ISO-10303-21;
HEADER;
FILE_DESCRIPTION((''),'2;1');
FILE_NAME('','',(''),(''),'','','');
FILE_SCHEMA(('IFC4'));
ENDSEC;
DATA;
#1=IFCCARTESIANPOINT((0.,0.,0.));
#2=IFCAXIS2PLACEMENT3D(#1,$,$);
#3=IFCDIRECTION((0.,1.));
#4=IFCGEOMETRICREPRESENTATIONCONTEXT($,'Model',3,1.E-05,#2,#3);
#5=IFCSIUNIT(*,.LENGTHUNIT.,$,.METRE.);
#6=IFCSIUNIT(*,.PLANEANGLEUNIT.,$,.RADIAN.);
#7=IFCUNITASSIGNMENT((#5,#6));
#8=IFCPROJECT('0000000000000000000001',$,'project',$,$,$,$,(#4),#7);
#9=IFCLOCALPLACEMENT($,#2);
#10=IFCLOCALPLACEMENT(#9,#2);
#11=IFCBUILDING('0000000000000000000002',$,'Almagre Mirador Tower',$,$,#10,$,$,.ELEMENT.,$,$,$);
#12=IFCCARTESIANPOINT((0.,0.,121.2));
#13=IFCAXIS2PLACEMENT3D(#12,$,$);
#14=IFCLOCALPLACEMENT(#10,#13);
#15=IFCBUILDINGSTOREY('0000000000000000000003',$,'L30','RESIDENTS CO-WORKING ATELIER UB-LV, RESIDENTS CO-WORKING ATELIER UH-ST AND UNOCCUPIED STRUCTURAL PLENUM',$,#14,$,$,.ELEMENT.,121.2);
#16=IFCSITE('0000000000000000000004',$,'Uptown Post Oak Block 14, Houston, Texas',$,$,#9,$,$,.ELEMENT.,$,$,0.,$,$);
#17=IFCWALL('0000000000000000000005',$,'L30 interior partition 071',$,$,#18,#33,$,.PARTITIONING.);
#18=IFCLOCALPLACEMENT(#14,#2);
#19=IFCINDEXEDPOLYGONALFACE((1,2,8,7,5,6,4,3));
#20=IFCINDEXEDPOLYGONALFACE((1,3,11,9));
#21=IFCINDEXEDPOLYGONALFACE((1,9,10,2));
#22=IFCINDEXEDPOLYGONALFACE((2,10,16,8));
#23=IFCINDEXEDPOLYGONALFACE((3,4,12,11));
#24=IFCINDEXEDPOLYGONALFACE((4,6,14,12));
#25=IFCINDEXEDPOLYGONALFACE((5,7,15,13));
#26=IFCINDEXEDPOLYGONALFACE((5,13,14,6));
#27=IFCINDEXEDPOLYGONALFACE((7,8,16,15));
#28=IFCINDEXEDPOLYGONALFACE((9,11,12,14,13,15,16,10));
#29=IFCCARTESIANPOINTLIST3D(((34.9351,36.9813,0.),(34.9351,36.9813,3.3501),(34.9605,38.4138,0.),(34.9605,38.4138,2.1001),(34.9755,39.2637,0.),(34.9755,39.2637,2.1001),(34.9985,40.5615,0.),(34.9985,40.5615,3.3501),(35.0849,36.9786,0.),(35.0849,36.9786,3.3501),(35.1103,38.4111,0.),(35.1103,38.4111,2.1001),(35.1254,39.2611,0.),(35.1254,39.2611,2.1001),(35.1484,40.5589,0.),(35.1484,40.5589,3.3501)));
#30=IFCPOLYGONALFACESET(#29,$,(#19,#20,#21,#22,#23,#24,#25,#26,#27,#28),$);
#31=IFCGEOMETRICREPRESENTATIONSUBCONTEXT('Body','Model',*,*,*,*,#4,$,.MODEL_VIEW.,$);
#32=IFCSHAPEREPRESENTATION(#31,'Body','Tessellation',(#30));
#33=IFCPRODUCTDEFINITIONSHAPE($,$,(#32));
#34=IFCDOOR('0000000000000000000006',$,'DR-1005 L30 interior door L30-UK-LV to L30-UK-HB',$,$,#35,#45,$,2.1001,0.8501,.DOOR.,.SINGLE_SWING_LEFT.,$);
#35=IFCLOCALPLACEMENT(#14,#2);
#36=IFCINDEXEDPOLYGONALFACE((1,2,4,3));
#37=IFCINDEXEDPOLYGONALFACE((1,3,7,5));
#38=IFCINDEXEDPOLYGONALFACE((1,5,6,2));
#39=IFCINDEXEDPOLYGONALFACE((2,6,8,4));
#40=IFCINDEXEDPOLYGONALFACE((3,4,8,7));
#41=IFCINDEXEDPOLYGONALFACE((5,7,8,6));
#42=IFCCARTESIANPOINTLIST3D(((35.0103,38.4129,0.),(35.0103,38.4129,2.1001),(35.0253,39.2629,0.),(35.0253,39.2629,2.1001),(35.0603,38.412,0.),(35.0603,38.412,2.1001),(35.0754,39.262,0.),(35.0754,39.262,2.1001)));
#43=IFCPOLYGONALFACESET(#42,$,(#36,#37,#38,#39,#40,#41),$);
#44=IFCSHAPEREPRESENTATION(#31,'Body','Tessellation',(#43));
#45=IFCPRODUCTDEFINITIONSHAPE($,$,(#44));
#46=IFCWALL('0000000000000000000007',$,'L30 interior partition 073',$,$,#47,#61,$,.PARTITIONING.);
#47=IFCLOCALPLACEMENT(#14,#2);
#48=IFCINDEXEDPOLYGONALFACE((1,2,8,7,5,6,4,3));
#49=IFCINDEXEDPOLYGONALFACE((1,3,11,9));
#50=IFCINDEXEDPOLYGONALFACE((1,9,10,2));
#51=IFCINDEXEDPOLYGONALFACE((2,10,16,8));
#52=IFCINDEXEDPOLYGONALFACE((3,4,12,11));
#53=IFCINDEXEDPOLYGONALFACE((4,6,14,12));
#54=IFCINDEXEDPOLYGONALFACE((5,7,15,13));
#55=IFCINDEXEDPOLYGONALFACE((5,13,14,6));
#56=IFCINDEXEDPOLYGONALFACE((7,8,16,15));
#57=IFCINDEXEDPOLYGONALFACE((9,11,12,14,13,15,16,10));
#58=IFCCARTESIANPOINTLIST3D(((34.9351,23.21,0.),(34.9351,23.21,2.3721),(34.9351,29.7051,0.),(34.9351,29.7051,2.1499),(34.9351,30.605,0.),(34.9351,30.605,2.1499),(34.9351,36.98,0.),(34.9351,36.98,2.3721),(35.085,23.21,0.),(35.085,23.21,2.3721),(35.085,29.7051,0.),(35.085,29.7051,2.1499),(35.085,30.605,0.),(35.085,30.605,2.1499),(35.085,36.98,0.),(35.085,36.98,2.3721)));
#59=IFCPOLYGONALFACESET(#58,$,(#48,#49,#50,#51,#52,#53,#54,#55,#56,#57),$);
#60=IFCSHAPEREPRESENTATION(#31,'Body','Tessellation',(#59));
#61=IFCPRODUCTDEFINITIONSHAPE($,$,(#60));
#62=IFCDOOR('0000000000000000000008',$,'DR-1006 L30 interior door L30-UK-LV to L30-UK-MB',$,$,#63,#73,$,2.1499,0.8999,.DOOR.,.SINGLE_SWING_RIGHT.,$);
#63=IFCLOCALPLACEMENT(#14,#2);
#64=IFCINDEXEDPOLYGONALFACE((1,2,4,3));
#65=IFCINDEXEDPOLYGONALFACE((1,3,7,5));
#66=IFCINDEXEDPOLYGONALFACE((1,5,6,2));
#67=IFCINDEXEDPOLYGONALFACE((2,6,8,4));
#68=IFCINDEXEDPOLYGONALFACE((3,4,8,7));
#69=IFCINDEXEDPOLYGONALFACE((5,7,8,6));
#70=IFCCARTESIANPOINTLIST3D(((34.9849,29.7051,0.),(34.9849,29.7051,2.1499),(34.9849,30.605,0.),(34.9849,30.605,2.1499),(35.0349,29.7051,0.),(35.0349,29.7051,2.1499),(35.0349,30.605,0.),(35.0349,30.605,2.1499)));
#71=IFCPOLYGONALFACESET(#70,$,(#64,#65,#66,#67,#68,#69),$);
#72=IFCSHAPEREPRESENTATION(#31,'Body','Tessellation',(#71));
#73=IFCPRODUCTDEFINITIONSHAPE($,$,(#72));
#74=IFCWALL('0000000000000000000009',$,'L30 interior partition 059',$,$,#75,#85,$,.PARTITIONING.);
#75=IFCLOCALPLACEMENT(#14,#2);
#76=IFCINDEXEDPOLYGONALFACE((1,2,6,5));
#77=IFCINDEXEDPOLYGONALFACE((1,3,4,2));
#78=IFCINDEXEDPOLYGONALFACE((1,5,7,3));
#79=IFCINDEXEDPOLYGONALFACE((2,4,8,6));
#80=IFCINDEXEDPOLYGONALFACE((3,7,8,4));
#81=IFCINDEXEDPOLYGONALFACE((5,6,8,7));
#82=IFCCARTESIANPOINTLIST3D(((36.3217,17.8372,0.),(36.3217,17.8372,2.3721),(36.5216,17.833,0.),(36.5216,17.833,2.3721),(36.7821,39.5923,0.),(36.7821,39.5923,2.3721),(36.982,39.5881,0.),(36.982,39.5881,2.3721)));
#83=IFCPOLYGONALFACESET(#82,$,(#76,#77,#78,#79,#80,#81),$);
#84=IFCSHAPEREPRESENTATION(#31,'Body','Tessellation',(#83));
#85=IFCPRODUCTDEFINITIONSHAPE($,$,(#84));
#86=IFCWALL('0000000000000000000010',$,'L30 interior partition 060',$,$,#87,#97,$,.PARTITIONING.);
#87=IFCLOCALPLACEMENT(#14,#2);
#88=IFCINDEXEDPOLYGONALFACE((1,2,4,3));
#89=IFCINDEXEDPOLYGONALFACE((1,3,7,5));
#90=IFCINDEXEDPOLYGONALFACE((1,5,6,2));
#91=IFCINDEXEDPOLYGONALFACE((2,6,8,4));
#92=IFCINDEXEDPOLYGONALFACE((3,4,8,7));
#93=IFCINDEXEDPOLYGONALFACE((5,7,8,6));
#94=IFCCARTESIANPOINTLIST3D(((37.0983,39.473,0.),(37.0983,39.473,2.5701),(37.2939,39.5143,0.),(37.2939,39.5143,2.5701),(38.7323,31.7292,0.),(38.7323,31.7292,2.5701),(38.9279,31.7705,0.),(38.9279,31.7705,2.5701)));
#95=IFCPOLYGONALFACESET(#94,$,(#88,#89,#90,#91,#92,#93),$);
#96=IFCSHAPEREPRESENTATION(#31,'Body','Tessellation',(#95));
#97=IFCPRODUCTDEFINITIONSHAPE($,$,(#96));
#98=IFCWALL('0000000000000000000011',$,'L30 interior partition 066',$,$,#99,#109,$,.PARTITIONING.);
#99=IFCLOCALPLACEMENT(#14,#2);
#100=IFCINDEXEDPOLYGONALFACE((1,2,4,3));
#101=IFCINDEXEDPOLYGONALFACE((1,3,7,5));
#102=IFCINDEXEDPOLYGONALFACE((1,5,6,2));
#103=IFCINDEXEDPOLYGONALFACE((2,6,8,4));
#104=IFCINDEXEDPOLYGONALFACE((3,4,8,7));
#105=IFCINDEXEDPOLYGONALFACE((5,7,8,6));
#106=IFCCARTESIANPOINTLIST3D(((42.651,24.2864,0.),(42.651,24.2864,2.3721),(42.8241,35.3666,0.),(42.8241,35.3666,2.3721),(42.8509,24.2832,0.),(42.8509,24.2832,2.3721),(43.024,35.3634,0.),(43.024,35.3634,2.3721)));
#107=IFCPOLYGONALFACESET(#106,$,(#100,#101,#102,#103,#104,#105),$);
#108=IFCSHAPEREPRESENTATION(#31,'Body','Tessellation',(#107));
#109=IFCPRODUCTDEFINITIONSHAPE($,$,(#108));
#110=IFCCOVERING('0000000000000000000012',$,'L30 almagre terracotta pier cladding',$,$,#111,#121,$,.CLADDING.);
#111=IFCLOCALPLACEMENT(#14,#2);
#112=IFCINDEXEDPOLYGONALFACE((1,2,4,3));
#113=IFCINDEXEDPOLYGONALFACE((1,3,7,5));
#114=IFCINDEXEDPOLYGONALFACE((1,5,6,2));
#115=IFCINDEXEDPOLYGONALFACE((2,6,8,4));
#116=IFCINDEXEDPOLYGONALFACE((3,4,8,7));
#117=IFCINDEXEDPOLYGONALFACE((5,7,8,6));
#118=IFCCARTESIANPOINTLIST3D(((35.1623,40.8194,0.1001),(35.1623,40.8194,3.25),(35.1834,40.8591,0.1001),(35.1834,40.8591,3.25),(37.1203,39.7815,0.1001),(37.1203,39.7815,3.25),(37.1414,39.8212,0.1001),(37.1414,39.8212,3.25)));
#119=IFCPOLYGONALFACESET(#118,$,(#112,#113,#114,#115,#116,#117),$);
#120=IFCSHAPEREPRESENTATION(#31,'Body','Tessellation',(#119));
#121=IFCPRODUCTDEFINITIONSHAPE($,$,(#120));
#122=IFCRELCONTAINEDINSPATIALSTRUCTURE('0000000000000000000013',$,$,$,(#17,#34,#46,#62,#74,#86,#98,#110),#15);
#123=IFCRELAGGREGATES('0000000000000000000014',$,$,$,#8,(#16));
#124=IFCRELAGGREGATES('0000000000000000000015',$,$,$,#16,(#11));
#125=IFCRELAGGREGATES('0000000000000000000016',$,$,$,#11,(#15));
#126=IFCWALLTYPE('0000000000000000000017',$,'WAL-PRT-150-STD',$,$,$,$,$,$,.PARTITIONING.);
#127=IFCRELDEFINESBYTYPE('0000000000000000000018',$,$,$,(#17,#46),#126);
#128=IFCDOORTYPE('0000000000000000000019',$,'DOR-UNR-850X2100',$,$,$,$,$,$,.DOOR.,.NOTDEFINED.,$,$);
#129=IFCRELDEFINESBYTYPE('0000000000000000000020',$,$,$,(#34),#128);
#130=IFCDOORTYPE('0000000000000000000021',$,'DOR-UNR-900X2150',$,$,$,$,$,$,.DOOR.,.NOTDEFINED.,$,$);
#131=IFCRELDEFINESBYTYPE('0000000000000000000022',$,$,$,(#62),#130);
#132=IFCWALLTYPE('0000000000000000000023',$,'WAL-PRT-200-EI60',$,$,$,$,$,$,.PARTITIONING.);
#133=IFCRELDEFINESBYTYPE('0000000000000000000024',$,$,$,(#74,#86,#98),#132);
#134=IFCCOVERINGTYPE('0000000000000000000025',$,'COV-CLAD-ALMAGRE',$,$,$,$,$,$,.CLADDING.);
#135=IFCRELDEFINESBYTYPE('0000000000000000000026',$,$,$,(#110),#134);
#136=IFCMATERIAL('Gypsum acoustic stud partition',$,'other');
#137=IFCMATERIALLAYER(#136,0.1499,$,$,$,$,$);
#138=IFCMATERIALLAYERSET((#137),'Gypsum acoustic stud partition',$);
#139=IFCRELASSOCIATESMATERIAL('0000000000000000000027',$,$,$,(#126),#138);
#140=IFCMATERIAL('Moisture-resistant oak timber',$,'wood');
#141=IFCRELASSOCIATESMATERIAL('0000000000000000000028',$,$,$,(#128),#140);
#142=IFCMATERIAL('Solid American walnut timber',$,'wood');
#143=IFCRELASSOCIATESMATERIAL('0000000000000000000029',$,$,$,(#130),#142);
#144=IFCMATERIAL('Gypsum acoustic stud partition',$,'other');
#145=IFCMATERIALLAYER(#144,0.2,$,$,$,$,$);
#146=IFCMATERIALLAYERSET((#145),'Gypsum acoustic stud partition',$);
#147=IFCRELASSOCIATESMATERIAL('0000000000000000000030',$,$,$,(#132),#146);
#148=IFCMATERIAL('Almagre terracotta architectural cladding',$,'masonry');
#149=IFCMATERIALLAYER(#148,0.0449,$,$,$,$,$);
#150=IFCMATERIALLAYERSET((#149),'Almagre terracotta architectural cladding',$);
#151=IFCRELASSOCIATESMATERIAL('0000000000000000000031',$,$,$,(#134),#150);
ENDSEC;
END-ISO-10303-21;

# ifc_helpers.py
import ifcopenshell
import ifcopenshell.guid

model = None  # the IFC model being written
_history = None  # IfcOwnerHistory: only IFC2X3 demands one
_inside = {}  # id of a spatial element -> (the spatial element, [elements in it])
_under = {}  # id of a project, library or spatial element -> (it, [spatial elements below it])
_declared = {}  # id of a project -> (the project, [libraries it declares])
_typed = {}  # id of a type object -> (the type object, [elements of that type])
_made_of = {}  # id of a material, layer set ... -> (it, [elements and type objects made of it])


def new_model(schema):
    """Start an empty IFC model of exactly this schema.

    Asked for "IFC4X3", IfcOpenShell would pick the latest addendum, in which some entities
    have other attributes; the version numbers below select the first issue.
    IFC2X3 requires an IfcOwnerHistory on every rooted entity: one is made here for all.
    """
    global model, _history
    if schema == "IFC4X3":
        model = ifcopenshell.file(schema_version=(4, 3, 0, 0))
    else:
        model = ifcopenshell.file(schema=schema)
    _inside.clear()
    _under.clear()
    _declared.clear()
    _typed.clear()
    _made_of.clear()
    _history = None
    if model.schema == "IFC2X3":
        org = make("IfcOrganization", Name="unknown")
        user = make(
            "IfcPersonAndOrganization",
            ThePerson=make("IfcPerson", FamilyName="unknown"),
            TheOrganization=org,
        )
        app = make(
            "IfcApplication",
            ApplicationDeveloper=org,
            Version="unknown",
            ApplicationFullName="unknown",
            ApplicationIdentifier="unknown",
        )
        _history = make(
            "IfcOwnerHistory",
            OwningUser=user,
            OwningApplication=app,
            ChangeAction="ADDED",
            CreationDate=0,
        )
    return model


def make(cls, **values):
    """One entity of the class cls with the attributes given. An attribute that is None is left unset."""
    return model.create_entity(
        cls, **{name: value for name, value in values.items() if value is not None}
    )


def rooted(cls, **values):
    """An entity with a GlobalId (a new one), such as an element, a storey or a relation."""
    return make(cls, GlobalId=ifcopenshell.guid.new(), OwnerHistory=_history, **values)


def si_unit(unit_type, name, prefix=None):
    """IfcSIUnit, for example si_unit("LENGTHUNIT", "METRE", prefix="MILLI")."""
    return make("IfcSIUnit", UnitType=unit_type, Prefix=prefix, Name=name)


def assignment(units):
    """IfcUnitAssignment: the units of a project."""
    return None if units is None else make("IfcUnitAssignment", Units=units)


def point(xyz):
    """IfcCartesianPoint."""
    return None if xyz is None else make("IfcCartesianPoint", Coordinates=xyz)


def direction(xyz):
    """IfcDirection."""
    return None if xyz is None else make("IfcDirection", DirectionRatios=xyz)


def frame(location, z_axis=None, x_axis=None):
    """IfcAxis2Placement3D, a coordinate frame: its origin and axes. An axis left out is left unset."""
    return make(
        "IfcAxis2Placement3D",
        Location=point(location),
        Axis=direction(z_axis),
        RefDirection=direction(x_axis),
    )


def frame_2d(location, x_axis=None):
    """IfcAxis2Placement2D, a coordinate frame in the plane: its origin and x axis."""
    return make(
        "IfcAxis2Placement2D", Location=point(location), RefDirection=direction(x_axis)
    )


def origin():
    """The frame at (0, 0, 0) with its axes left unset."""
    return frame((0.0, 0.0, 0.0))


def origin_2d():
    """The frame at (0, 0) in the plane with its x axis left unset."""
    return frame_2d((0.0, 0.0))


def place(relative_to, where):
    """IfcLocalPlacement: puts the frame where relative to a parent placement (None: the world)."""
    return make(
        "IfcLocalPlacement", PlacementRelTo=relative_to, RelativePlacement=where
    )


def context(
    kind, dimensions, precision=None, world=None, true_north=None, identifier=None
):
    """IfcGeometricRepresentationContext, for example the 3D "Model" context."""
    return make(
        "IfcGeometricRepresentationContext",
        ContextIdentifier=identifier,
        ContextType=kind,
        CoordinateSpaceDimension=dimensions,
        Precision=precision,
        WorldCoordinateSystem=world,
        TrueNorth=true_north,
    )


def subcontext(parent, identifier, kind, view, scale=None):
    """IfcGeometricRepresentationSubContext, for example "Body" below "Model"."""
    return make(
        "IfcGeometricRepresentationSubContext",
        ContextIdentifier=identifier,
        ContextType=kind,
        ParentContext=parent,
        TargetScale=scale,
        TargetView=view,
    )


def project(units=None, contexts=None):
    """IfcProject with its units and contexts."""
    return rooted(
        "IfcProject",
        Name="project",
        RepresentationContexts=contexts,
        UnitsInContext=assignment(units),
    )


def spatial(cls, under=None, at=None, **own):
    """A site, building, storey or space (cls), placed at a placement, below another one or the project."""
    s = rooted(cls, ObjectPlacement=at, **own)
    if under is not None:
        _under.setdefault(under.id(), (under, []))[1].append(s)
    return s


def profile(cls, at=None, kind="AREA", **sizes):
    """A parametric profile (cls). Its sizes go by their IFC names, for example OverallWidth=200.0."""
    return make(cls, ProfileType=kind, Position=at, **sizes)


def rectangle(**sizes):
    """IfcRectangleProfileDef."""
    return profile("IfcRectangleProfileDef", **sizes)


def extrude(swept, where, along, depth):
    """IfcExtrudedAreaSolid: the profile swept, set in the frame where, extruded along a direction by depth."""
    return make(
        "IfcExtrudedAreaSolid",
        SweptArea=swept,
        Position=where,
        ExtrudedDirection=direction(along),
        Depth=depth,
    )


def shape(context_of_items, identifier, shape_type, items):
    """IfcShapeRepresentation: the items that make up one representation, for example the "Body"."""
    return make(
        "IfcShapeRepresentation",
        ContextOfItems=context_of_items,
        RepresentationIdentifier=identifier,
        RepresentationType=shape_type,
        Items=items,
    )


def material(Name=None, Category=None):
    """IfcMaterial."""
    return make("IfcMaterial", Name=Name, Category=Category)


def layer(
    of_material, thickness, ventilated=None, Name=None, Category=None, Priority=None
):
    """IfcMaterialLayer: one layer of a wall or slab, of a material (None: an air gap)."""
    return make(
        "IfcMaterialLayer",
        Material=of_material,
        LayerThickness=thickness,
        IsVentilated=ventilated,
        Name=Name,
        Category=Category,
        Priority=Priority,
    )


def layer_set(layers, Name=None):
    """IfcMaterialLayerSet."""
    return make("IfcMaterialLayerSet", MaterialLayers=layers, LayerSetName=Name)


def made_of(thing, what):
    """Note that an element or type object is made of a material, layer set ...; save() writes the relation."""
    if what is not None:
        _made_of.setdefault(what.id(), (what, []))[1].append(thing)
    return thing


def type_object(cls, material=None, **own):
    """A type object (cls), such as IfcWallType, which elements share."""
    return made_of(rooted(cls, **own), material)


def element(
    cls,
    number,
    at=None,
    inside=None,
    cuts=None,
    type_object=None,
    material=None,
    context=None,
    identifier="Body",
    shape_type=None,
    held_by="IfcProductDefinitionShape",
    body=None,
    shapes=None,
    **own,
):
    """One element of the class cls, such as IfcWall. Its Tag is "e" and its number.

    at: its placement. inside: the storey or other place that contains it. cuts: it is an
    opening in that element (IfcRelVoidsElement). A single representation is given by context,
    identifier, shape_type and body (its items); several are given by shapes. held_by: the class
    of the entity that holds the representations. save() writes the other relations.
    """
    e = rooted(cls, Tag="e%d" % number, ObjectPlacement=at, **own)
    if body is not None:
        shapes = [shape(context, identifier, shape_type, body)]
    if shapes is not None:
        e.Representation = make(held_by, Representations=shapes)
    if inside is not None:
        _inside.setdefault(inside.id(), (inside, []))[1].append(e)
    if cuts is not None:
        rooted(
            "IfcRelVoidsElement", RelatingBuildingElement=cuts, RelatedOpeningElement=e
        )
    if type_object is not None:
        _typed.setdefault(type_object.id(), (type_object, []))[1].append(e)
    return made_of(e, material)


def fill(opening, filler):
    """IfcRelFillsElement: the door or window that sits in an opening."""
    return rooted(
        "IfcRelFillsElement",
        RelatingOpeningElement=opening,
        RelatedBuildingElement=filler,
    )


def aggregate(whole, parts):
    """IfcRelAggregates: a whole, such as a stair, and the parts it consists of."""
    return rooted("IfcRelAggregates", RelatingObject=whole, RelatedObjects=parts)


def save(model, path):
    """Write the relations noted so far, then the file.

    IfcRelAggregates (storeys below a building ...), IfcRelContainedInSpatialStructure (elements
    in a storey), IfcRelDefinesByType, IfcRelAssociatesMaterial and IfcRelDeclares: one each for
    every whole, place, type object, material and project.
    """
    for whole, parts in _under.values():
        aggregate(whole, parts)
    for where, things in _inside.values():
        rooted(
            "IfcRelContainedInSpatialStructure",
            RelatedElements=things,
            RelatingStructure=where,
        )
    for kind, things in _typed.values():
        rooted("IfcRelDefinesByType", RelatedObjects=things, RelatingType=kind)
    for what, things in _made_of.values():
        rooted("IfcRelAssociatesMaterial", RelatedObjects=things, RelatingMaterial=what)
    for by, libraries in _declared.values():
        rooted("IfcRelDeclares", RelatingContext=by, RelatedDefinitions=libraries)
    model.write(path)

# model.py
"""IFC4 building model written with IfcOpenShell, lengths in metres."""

from ifc_helpers import new_model, si_unit, direction, frame, frame_2d, origin, origin_2d, place, context, subcontext, project, spatial, rectangle, extrude, material, layer, layer_set, type_object, element, fill, save


model = new_model("IFC4")

# Units and contexts
model_context = context("Model", 3, precision=1e-05, world=origin(), true_north=direction((0.0, 1.0)))
body_context = subcontext(model_context, "Body", "Model", "MODEL_VIEW")
ifc_project = project(units=[si_unit("LENGTHUNIT", "METRE"), si_unit("PLANEANGLEUNIT", "RADIAN")], contexts=[model_context])

# Site, building, storey
site_placement = place(None, origin())
site = spatial("IfcSite", under=ifc_project, at=site_placement, Name="Uptown Post Oak Block 14, Houston, Texas", CompositionType="ELEMENT", RefElevation=0.0)
building_placement = place(site_placement, origin())
building = spatial("IfcBuilding", under=site, at=building_placement, Name="Almagre Mirador Tower", CompositionType="ELEMENT")
storey_placement = place(building_placement, frame((0.0, 0.0, 121.2)))
storey = spatial("IfcBuildingStorey", under=building, at=storey_placement, Name="L30", Description="RESIDENTS CO-WORKING ATELIER UB-LV, RESIDENTS CO-WORKING ATELIER UH-ST AND UNOCCUPIED STRUCTURAL PLENUM", CompositionType="ELEMENT", Elevation=121.2)

# Walls, openings, doors
ifc_material_1 = material(Name="Gypsum acoustic stud partition", Category="other")
ifc_layer_1 = layer(ifc_material_1, 0.1499)
ifc_layer_set_1 = layer_set([ifc_layer_1], Name="Gypsum acoustic stud partition")
wall_type_1 = type_object("IfcWallType", Name="WAL-PRT-150-STD", PredefinedType="PARTITIONING", material=ifc_layer_set_1)
wall_1_placement = place(storey_placement, frame((35.0735, 40.5603, 0.0), z_axis=(0.0, 0.0, 1.0), x_axis=(-0.017727, -0.999843, 0.0)))
wall_1 = element("IfcWall", 1, at=wall_1_placement, inside=storey, type_object=wall_type_1, Name="L30 interior partition 071", PredefinedType="PARTITIONING", context=body_context, shape_type="SweptSolid", body=[
    extrude(rectangle(XDim=3.5808, YDim=0.1499, at=frame_2d((1.7905, 0.0))), origin(), (0.0, 0.0, 1.0), 3.3501),
])
opening_1_placement = place(wall_1_placement, frame((1.2981, 0.0, 0.0)))
opening_1 = element("IfcOpeningElement", 2, at=opening_1_placement, cuts=wall_1, PredefinedType="OPENING", context=body_context, shape_type="SweptSolid", body=[
    extrude(rectangle(XDim=0.8501, YDim=2.1001, at=frame_2d((0.425, 1.05))), frame((0.0, 0.085, 0.0), z_axis=(0.0, -1.0, 0.0), x_axis=(1.0, 0.0, 0.0)), (0.0, 0.0, 1.0), 0.1699),
])
ifc_material_2 = material(Name="Moisture-resistant oak timber", Category="wood")
door_type_1 = type_object("IfcDoorType", Name="DOR-UNR-850X2100", OperationType="NOTDEFINED", PredefinedType="DOOR", material=ifc_material_2)
door_1_placement = place(opening_1_placement, origin())
door_1 = element("IfcDoor", 3, at=door_1_placement, inside=storey, type_object=door_type_1, Name="DR-1005 L30 interior door L30-UK-LV to L30-UK-HB", OperationType="SINGLE_SWING_LEFT", OverallHeight=2.1001, OverallWidth=0.8501, PredefinedType="DOOR", context=body_context, shape_type="SweptSolid", body=[
    extrude(rectangle(XDim=0.8501, YDim=2.1001, at=frame_2d((0.425, 1.05))), frame((0.0, 0.0249, 0.0), z_axis=(0.0, -1.0, 0.0), x_axis=(1.0, 0.0, 0.0)), (0.0, 0.0, 1.0), 0.05),
])
fill(opening_1, door_1)
wall_2_placement = place(storey_placement, frame((35.01, 36.98, 0.0), z_axis=(0.0, 0.0, 1.0), x_axis=(0.0, -1.0, 0.0)))
wall_2 = element("IfcWall", 4, at=wall_2_placement, inside=storey, type_object=wall_type_1, Name="L30 interior partition 073", PredefinedType="PARTITIONING", context=body_context, shape_type="SweptSolid", body=[
    extrude(rectangle(XDim=13.77, YDim=0.1499, at=frame_2d((6.885, 0.0))), origin(), (0.0, 0.0, 1.0), 2.3721),
])
opening_2_placement = place(wall_2_placement, frame((6.375, 0.0, 0.0)))
opening_2 = element("IfcOpeningElement", 5, at=opening_2_placement, cuts=wall_2, PredefinedType="OPENING", context=body_context, shape_type="SweptSolid", body=[
    extrude(rectangle(XDim=0.8999, YDim=2.1499, at=frame_2d((0.45, 1.075))), frame((0.0, 0.085, 0.0), z_axis=(0.0, -1.0, 0.0), x_axis=(1.0, 0.0, 0.0)), (0.0, 0.0, 1.0), 0.1699),
])
ifc_material_3 = material(Name="Solid American walnut timber", Category="wood")
door_type_2 = type_object("IfcDoorType", Name="DOR-UNR-900X2150", OperationType="NOTDEFINED", PredefinedType="DOOR", material=ifc_material_3)
door_2_placement = place(opening_2_placement, origin())
door_2 = element("IfcDoor", 6, at=door_2_placement, inside=storey, type_object=door_type_2, Name="DR-1006 L30 interior door L30-UK-LV to L30-UK-MB", OperationType="SINGLE_SWING_RIGHT", OverallHeight=2.1499, OverallWidth=0.8999, PredefinedType="DOOR", context=body_context, shape_type="SweptSolid", body=[
    extrude(rectangle(XDim=0.8999, YDim=2.1499, at=frame_2d((0.45, 1.075))), frame((0.0, 0.0249, 0.0), z_axis=(0.0, -1.0, 0.0), x_axis=(1.0, 0.0, 0.0)), (0.0, 0.0, 1.0), 0.05),
])
fill(opening_2, door_2)

# Walls
ifc_material_4 = material(Name="Gypsum acoustic stud partition", Category="other")
ifc_layer_2 = layer(ifc_material_4, 0.2)
ifc_layer_set_2 = layer_set([ifc_layer_2], Name="Gypsum acoustic stud partition")
wall_type_2 = type_object("IfcWallType", Name="WAL-PRT-200-EI60", PredefinedType="PARTITIONING", material=ifc_layer_set_2)
wall_3_placement = place(storey_placement, frame((36.8821, 39.5901, 0.0), z_axis=(0.0, 0.0, 1.0), x_axis=(-0.02116, -0.999776, 0.0)))
element("IfcWall", 7, at=wall_3_placement, inside=storey, type_object=wall_type_2, Name="L30 interior partition 059", PredefinedType="PARTITIONING", context=body_context, shape_type="SweptSolid", body=[
    extrude(rectangle(XDim=21.76, YDim=0.2, at=frame_2d((10.8799, 0.0))), origin(), (0.0, 0.0, 1.0), 2.3721),
])
wall_4_placement = place(storey_placement, frame((38.8301, 31.75, 0.0), z_axis=(0.0, 0.0, 1.0), x_axis=(-0.206463, 0.978454, 0.0)))
element("IfcWall", 8, at=wall_4_placement, inside=storey, type_object=wall_type_2, Name="L30 interior partition 060", PredefinedType="PARTITIONING", context=body_context, shape_type="SweptSolid", body=[
    extrude(rectangle(XDim=7.9143, YDim=0.2, at=frame_2d((3.957, 0.0))), origin(), (0.0, 0.0, 1.0), 2.5701),
])
wall_5_placement = place(storey_placement, frame((42.9241, 35.365, 0.0), z_axis=(0.0, 0.0, 1.0), x_axis=(-0.01562, -0.999878, 0.0)))
element("IfcWall", 9, at=wall_5_placement, inside=storey, type_object=wall_type_2, Name="L30 interior partition 066", PredefinedType="PARTITIONING", context=body_context, shape_type="SweptSolid", body=[
    extrude(rectangle(XDim=11.0815, YDim=0.2, at=frame_2d((5.5408, 0.0))), origin(), (0.0, 0.0, 1.0), 2.3721),
])

# Covering
ifc_material_5 = material(Name="Almagre terracotta architectural cladding", Category="masonry")
ifc_layer_3 = layer(ifc_material_5, 0.0449)
ifc_layer_set_3 = layer_set([ifc_layer_3], Name="Almagre terracotta architectural cladding")
covering_type = type_object("IfcCoveringType", Name="COV-CLAD-ALMAGRE", PredefinedType="CLADDING", material=ifc_layer_set_3)
covering_placement = place(storey_placement, frame((36.1519, 40.3203, 0.1001), z_axis=(0.0, 0.0, 1.0), x_axis=(0.883545, -0.468346, 0.0)))
element("IfcCovering", 10, at=covering_placement, inside=storey, type_object=covering_type, Name="L30 almagre terracotta pier cladding", PredefinedType="CLADDING", context=body_context, shape_type="SweptSolid", body=[
    extrude(rectangle(XDim=2.2161, YDim=0.0449, at=origin_2d()), origin(), (0.0, 0.0, 1.0), 3.1499),
])

save(model, "model.ifc")
